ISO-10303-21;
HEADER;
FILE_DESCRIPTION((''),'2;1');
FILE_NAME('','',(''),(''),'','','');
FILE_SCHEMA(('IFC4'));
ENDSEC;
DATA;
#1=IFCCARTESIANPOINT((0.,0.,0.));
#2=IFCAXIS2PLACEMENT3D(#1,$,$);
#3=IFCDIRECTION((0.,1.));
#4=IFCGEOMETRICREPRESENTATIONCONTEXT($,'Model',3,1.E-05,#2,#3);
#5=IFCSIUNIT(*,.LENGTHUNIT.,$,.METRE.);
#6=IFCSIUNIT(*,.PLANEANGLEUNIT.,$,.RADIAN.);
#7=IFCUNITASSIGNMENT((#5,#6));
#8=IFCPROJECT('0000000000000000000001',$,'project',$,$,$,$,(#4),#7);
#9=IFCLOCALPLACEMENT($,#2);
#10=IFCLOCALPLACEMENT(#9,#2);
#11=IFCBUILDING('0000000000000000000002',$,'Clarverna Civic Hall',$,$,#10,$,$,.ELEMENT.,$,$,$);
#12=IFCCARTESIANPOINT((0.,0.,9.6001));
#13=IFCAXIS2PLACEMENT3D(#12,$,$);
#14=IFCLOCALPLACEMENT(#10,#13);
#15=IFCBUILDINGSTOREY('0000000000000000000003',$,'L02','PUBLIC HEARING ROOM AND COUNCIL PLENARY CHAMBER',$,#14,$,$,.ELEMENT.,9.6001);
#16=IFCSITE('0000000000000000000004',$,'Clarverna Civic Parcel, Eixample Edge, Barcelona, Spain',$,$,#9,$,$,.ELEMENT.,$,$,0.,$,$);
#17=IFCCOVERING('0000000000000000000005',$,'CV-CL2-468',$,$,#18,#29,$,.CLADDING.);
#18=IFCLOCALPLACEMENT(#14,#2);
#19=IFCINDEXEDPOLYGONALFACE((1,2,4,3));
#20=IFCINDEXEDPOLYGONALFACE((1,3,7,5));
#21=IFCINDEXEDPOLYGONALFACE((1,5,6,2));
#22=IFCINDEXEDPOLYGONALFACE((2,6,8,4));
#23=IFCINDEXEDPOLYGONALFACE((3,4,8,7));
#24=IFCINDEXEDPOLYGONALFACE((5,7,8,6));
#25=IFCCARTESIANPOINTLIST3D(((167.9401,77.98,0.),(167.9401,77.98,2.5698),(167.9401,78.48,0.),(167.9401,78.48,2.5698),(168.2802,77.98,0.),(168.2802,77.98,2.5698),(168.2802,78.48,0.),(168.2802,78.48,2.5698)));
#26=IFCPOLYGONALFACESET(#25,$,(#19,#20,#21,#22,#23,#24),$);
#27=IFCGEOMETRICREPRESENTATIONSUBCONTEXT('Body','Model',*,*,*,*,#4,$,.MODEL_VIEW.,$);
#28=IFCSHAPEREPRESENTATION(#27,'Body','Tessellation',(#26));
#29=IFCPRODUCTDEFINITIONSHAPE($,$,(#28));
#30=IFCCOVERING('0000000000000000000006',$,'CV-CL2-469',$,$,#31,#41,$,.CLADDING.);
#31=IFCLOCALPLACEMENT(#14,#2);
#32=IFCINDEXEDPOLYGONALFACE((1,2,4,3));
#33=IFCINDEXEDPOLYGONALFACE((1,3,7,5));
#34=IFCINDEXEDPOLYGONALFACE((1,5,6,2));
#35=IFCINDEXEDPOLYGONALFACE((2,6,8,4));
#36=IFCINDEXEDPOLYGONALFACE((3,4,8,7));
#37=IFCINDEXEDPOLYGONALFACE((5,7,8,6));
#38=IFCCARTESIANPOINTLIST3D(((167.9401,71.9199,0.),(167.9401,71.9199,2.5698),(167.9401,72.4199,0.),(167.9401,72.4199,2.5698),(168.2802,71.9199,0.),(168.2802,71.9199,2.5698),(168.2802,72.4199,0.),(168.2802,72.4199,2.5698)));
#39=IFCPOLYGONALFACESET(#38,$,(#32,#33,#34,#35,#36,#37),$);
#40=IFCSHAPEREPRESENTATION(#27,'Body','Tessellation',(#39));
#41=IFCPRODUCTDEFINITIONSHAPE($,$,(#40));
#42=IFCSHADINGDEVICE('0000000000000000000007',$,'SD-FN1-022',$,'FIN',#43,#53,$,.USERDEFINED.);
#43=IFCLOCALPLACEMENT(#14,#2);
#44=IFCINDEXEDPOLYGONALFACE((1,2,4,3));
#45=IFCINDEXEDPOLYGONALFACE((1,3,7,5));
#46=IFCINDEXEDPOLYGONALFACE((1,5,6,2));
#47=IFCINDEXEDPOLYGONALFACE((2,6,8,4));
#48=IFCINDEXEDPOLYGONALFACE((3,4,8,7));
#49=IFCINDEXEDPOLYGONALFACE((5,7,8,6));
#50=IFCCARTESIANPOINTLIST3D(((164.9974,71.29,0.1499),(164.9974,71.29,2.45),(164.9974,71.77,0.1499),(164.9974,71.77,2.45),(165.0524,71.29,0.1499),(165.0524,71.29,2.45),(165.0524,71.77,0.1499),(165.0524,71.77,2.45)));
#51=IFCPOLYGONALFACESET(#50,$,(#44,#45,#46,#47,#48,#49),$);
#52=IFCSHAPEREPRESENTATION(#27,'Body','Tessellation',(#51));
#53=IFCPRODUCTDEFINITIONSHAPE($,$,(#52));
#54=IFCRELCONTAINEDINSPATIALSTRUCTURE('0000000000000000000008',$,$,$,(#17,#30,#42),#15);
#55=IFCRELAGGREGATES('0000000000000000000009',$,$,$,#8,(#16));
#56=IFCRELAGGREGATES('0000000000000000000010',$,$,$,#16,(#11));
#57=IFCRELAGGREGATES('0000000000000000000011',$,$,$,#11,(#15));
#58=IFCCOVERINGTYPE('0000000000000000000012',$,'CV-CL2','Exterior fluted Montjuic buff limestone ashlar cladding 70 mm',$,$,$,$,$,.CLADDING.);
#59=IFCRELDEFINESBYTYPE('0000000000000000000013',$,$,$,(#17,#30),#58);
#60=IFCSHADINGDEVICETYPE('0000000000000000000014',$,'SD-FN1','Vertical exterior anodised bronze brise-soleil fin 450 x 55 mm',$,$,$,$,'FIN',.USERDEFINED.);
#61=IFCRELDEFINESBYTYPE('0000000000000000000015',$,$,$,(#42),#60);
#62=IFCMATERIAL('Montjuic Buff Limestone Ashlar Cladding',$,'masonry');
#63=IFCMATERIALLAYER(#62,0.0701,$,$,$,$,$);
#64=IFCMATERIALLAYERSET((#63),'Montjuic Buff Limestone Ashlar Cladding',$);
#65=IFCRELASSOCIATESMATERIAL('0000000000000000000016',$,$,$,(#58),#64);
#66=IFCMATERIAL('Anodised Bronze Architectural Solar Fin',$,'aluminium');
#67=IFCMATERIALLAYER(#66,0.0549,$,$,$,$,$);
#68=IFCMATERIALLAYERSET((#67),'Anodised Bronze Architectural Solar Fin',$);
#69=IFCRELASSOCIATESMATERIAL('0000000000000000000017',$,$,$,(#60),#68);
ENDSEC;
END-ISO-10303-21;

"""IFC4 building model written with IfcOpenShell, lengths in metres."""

from ifc_helpers import new_model, si_unit, direction, frame, frame_2d, origin, place, context, subcontext, project, spatial, rectangle, extrude, material, layer, layer_set, type_object, element, save


model = new_model("IFC4")

# Units and contexts
model_context = context("Model", 3, precision=1e-05, world=origin(), true_north=direction((0.0, 1.0)))
body_context = subcontext(model_context, "Body", "Model", "MODEL_VIEW")
ifc_project = project(units=[si_unit("LENGTHUNIT", "METRE"), si_unit("PLANEANGLEUNIT", "RADIAN")], contexts=[model_context])

# Site, building, storey
site_placement = place(None, origin())
site = spatial("IfcSite", under=ifc_project, at=site_placement, Name="Clarverna Civic Parcel, Eixample Edge, Barcelona, Spain", CompositionType="ELEMENT", RefElevation=0.0)
building_placement = place(site_placement, origin())
building = spatial("IfcBuilding", under=site, at=building_placement, Name="Clarverna Civic Hall", CompositionType="ELEMENT")
storey_placement = place(building_placement, frame((0.0, 0.0, 9.6001)))
storey = spatial("IfcBuildingStorey", under=building, at=storey_placement, Name="L02", Description="PUBLIC HEARING ROOM AND COUNCIL PLENARY CHAMBER", CompositionType="ELEMENT", Elevation=9.6001)

# Coverings
ifc_material_1 = material(Name="Montjuic Buff Limestone Ashlar Cladding", Category="masonry")
ifc_layer_1 = layer(ifc_material_1, 0.0701)
ifc_layer_set_1 = layer_set([ifc_layer_1], Name="Montjuic Buff Limestone Ashlar Cladding")
covering_type = type_object("IfcCoveringType", Name="CV-CL2", Description="Exterior fluted Montjuic buff limestone ashlar cladding 70 mm", PredefinedType="CLADDING", material=ifc_layer_set_1)
for number, where, z_axis, x_axis, name in (
    (1, (168.1101, 78.48, 0.0), (0.0, 0.0, 1.0), (0.0, -1.0, 0.0), "CV-CL2-468"),
    (2, (168.1101, 72.4199, 0.0), (0.0, 0.0, 1.0), (0.0, -1.0, 0.0), "CV-CL2-469"),
):
    element("IfcCovering", number, at=place(storey_placement, frame(where, z_axis=z_axis, x_axis=x_axis)), inside=storey, type_object=covering_type, Name=name, PredefinedType="CLADDING", context=body_context, shape_type="SweptSolid", body=[
        extrude(rectangle(XDim=0.5, YDim=0.3401, at=frame_2d((0.25, 0.0))), origin(), (0.0, 0.0, 1.0), 2.5698),
    ])

# Shading device
ifc_material_2 = material(Name="Anodised Bronze Architectural Solar Fin", Category="aluminium")
ifc_layer_2 = layer(ifc_material_2, 0.0549)
ifc_layer_set_2 = layer_set([ifc_layer_2], Name="Anodised Bronze Architectural Solar Fin")
shading_device_type = type_object("IfcShadingDeviceType", Name="SD-FN1", Description="Vertical exterior anodised bronze brise-soleil fin 450 x 55 mm", ElementType="FIN", PredefinedType="USERDEFINED", material=ifc_layer_set_2)
shading_device_placement = place(storey_placement, frame((165.0249, 71.77, 0.1499), z_axis=(0.0, 0.0, 1.0), x_axis=(0.0, -1.0, 0.0)))
element("IfcShadingDevice", 3, at=shading_device_placement, inside=storey, type_object=shading_device_type, Name="SD-FN1-022", ObjectType="FIN", PredefinedType="USERDEFINED", context=body_context, shape_type="SweptSolid", body=[
    extrude(rectangle(XDim=0.48, YDim=0.0549, at=frame_2d((0.24, 0.0))), origin(), (0.0, 0.0, 1.0), 2.3),
])

save(model, "model.ifc")
